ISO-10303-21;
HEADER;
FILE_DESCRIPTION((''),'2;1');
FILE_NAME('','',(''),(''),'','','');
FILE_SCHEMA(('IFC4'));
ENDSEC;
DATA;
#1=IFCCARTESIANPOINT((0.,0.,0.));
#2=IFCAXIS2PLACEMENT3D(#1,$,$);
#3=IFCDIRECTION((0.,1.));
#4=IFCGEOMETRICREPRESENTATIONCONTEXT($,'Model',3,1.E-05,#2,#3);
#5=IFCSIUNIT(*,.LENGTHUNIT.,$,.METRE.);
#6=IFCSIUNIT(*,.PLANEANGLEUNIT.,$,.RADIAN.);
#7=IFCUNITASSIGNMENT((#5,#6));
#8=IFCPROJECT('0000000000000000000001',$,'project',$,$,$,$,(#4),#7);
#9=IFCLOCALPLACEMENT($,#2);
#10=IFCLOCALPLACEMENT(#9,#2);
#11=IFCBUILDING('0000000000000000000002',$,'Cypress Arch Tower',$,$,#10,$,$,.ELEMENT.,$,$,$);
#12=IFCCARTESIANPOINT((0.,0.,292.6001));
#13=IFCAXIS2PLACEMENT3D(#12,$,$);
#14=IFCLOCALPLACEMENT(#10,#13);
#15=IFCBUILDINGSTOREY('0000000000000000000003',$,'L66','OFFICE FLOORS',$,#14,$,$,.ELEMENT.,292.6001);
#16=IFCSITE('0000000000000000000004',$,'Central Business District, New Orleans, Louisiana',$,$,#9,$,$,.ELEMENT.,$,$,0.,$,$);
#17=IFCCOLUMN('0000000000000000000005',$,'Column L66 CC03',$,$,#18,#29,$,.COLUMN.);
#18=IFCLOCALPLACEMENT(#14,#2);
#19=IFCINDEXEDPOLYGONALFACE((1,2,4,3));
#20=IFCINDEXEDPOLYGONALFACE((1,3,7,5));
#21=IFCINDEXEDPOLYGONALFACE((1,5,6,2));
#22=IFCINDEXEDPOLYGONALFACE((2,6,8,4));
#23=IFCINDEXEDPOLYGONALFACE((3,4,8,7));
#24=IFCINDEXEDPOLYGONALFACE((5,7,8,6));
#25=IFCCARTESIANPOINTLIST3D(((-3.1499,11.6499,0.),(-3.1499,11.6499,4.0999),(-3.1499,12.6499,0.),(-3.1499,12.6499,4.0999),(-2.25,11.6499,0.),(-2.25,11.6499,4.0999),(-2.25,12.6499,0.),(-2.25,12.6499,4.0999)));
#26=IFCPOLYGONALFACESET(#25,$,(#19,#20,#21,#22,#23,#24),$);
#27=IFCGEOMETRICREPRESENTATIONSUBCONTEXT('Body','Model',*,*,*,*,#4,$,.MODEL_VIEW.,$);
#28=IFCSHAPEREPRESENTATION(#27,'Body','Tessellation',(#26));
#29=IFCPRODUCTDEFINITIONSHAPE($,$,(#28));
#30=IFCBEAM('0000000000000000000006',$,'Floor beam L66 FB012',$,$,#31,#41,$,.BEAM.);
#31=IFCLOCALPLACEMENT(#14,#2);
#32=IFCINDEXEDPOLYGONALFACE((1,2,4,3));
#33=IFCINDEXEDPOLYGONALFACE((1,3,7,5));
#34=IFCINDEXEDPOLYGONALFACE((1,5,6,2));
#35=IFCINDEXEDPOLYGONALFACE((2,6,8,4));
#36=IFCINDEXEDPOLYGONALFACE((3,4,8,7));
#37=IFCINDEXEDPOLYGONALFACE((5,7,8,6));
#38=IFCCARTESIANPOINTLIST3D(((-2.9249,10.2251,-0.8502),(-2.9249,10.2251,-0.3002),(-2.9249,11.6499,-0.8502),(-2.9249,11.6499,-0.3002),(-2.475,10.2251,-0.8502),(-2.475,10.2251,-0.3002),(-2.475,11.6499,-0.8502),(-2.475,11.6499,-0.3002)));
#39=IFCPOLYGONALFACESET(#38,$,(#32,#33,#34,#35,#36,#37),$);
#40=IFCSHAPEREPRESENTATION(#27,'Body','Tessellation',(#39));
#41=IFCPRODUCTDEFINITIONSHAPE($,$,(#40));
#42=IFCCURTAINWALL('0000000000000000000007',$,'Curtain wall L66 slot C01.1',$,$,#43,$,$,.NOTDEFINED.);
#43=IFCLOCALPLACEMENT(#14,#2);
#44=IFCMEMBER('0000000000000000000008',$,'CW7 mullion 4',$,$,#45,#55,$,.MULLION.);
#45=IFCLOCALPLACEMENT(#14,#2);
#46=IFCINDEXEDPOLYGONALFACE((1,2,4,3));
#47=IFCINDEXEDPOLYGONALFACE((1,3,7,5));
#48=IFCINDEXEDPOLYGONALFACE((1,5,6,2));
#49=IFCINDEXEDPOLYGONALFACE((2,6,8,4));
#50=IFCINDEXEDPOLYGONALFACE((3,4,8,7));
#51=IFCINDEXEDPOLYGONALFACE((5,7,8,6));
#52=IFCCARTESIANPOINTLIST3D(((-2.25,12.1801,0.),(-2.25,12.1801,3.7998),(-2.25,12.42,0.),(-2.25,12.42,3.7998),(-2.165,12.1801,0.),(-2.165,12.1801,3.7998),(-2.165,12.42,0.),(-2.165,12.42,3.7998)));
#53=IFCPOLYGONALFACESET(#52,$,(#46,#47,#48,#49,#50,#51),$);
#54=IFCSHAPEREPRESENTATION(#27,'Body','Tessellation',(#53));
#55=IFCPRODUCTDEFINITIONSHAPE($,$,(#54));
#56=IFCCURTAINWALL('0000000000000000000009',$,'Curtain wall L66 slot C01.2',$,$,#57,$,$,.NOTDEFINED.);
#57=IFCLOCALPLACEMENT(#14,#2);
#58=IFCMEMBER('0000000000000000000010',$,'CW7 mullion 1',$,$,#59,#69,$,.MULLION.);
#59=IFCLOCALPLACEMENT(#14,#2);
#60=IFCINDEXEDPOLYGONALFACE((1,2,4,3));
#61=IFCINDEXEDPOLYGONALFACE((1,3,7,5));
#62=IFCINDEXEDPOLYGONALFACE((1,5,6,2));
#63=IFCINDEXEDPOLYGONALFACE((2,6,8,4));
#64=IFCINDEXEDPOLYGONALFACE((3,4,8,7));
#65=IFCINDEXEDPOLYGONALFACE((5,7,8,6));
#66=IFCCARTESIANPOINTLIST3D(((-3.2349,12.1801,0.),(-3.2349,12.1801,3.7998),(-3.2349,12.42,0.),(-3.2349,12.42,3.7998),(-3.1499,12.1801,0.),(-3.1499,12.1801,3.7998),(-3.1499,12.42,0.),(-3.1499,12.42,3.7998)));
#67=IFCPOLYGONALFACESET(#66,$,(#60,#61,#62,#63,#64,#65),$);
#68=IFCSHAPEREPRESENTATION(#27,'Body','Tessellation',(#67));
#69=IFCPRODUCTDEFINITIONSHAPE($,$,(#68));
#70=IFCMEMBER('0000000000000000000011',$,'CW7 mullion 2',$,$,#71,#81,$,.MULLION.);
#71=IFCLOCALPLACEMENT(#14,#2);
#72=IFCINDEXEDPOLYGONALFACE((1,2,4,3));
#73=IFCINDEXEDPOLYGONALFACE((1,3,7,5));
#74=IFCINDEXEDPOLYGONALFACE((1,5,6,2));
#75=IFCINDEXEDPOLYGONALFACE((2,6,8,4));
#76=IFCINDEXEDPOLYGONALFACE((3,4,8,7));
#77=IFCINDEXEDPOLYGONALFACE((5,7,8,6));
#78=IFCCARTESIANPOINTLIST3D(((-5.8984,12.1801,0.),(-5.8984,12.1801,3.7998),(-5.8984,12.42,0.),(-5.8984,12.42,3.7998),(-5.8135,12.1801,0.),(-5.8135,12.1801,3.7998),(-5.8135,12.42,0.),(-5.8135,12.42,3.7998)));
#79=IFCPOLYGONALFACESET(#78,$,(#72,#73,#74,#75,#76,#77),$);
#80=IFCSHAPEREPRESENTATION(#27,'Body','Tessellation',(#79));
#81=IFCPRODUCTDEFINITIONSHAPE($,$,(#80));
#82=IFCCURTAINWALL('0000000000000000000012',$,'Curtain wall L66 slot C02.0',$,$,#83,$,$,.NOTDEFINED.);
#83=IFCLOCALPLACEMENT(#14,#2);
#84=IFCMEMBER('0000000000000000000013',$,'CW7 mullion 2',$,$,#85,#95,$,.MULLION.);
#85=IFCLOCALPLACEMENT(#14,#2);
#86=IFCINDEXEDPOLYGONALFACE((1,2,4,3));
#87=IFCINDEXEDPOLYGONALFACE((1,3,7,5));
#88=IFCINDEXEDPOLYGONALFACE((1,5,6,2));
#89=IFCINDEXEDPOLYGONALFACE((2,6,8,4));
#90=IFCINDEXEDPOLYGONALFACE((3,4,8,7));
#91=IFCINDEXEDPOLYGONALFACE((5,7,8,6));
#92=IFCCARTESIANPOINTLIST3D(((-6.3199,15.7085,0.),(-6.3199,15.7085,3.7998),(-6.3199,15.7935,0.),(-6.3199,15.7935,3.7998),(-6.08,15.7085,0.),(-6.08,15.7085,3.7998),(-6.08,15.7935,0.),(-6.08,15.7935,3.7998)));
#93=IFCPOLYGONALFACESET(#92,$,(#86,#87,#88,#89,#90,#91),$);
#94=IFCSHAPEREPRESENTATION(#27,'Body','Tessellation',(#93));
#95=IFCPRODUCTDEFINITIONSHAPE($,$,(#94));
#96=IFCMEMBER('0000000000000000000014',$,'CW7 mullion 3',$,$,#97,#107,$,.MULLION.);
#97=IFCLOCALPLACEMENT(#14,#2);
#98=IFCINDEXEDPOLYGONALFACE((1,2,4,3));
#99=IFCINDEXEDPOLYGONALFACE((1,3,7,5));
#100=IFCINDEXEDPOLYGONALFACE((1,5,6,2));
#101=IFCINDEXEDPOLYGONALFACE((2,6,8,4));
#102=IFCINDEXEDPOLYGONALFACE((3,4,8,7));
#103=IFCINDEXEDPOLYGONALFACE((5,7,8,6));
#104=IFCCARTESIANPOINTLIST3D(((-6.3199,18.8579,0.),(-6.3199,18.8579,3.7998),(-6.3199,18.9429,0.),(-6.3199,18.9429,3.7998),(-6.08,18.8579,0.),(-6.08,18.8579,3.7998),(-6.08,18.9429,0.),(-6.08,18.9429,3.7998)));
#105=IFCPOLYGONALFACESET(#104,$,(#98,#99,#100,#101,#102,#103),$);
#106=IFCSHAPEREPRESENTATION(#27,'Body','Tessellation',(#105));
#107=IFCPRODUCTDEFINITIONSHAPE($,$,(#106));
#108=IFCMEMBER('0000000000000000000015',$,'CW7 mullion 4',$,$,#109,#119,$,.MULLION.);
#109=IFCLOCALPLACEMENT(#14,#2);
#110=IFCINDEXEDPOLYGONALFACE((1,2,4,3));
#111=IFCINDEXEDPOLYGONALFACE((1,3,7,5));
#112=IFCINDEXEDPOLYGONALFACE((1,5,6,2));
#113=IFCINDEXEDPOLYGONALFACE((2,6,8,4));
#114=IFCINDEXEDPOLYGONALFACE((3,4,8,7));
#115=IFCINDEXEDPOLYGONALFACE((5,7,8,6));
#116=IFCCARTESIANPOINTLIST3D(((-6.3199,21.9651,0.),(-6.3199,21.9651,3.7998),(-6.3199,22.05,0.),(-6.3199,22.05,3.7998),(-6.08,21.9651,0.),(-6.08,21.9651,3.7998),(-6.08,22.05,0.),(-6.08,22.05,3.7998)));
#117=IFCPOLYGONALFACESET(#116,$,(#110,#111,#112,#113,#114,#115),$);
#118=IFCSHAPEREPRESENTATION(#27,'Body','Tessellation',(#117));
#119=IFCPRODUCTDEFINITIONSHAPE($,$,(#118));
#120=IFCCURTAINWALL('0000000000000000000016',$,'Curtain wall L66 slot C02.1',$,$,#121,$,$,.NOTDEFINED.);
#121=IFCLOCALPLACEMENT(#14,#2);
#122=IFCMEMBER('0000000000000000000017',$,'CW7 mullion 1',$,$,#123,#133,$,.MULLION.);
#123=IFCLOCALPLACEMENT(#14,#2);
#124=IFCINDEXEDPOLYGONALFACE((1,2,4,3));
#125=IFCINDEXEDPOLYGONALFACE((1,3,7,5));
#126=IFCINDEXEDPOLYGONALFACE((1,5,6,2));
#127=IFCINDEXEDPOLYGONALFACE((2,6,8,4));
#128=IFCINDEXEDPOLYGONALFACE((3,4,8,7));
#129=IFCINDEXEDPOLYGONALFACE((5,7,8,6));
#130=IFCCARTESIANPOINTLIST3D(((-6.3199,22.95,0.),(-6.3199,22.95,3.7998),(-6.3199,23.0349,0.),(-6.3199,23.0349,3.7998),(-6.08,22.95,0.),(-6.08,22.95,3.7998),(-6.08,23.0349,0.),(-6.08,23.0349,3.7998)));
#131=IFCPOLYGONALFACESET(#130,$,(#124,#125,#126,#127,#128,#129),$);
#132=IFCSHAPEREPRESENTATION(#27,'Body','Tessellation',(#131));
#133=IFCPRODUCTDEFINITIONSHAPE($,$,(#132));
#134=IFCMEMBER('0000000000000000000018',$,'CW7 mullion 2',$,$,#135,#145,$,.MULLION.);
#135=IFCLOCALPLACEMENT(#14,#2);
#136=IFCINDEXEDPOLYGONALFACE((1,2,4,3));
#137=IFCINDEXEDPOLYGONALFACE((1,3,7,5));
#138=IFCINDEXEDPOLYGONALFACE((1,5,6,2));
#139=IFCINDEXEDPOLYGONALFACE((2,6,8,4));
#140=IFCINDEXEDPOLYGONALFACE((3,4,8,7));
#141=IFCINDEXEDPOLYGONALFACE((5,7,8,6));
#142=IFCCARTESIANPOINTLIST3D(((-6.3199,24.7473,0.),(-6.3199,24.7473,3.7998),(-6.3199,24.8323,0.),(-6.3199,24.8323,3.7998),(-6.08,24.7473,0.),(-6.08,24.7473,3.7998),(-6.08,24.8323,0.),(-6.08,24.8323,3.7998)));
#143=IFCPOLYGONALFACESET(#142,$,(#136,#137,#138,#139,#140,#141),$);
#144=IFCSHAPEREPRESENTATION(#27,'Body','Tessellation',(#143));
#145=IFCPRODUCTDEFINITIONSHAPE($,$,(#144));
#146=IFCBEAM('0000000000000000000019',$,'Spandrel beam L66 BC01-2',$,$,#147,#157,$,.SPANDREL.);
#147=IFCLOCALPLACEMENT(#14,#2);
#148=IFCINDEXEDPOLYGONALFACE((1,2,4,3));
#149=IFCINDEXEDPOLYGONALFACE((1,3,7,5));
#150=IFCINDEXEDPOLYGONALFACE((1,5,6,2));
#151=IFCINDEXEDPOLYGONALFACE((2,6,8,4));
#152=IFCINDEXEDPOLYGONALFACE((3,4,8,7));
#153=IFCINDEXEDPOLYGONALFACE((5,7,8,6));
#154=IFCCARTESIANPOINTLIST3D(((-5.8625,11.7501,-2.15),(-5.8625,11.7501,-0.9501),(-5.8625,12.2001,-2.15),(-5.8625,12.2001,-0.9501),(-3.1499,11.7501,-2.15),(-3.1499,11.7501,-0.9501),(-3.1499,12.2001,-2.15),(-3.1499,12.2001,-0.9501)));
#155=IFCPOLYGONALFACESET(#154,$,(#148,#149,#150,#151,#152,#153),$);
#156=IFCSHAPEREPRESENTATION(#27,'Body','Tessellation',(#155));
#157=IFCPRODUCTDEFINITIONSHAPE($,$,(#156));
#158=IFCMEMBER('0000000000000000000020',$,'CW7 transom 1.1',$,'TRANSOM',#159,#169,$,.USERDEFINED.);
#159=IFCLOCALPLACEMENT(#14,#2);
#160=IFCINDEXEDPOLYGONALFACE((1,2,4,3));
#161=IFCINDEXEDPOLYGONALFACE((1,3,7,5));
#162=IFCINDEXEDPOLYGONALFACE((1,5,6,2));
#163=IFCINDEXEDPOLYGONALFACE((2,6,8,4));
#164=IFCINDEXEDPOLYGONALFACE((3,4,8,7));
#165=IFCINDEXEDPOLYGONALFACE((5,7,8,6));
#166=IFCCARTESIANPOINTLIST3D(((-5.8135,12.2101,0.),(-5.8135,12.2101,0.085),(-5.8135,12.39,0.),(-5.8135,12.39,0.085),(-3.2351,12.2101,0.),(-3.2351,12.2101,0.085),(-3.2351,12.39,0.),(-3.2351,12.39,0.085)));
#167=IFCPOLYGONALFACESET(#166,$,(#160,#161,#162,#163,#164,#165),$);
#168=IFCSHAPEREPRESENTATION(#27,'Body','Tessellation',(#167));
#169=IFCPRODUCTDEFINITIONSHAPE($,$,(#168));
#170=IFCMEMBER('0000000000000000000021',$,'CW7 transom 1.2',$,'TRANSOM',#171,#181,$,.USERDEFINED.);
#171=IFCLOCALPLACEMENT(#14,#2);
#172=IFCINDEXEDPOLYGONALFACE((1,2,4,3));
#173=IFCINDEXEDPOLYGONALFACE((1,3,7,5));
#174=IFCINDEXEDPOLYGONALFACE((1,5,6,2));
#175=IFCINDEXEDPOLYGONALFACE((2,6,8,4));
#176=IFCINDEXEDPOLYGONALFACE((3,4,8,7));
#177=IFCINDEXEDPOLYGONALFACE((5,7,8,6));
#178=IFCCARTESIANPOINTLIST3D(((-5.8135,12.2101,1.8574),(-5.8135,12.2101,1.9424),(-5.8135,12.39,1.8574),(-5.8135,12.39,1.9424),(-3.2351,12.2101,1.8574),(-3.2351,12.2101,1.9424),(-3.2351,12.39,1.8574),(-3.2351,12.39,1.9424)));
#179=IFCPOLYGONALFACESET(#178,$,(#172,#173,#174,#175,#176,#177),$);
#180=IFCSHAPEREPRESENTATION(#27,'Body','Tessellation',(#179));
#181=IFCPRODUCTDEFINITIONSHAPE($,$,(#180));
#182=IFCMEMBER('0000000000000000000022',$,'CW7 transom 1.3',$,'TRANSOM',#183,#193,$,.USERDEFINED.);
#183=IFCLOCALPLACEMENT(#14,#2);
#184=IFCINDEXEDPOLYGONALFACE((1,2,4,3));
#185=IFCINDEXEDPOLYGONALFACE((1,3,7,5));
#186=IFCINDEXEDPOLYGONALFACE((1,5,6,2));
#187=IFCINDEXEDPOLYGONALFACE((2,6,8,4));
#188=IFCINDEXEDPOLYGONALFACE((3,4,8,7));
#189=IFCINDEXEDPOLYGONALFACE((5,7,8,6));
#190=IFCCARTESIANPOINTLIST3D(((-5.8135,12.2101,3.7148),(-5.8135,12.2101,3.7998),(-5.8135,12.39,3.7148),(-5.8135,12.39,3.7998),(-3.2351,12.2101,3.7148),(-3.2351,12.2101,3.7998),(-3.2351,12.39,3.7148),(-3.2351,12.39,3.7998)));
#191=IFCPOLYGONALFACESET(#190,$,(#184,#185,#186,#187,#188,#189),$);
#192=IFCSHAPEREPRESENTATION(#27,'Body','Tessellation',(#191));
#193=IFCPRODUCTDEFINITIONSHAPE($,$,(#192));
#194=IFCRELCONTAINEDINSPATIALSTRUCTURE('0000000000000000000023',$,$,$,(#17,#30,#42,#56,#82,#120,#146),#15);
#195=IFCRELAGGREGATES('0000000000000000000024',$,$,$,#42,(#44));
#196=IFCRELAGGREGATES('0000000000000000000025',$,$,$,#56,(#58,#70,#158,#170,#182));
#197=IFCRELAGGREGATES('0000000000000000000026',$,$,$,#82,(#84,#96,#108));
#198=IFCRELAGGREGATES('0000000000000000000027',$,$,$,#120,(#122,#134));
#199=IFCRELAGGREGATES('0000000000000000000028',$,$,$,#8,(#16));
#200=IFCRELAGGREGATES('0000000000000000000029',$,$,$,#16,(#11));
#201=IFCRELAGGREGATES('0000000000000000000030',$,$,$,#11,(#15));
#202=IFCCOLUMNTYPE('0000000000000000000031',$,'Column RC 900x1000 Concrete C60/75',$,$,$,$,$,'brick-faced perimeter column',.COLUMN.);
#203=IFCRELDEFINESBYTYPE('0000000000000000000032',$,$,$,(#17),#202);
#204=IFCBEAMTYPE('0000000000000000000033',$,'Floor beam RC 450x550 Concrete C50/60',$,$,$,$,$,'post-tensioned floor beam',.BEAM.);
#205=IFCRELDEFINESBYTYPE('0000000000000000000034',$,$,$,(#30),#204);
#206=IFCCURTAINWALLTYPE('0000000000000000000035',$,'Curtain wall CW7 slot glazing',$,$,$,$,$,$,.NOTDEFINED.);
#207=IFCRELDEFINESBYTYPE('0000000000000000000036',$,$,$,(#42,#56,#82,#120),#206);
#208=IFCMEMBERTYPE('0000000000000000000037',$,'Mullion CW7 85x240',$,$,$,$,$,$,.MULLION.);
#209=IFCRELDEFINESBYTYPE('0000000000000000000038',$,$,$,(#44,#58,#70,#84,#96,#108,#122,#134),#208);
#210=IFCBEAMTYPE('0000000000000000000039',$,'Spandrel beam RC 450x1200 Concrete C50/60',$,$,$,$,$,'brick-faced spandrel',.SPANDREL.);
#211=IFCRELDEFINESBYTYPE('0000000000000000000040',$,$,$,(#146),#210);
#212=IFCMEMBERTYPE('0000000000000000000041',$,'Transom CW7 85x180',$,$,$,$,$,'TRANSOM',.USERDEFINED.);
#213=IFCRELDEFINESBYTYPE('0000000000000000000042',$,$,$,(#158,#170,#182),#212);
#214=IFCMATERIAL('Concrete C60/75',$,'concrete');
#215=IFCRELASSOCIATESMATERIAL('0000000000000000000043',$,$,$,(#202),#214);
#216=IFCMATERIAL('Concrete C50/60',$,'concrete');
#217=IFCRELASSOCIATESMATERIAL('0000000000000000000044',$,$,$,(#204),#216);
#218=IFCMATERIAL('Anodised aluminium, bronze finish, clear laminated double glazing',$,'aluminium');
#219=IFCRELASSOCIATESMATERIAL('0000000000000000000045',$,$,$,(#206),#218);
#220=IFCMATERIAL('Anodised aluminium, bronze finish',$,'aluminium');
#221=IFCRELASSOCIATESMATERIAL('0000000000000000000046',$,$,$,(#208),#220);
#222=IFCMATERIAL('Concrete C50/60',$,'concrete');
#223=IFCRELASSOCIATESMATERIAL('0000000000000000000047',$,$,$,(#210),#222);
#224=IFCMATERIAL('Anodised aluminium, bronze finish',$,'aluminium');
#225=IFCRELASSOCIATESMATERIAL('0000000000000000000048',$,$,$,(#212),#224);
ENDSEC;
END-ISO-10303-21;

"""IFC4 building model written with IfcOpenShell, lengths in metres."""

from ifc_helpers import new_model, si_unit, direction, frame, origin, origin_2d, place, context, subcontext, project, spatial, rectangle, extrude, material, material_profile, profile_set, type_object, element, aggregate, save


model = new_model("IFC4")

# Units and contexts
model_context = context("Model", 3, precision=1e-05, world=origin(), true_north=direction((0.0, 1.0)))
body_context = subcontext(model_context, "Body", "Model", "MODEL_VIEW")
ifc_project = project(units=[si_unit("LENGTHUNIT", "METRE"), si_unit("PLANEANGLEUNIT", "RADIAN")], contexts=[model_context])

# Site, building, storey
site_placement = place(None, origin())
site = spatial("IfcSite", under=ifc_project, at=site_placement, Name="Central Business District, New Orleans, Louisiana", CompositionType="ELEMENT", RefElevation=0.0)
building_placement = place(site_placement, origin())
building = spatial("IfcBuilding", under=site, at=building_placement, Name="Cypress Arch Tower", CompositionType="ELEMENT")
storey_placement = place(building_placement, frame((0.0, 0.0, 292.6001)))
storey = spatial("IfcBuildingStorey", under=building, at=storey_placement, Name="L66", Description="OFFICE FLOORS", CompositionType="ELEMENT", Elevation=292.6001)

# Column
ifc_material_1 = material(Name="Concrete C60/75", Category="concrete")
ifc_material_profile_1 = material_profile(ifc_material_1, rectangle(XDim=0.8999, YDim=1.0, at=origin_2d()), Name="RC 900x1000")
ifc_profile_set_1 = profile_set([ifc_material_profile_1], Name="Concrete C60/75")
column_type = type_object("IfcColumnType", Name="Column RC 900x1000 Concrete C60/75", ElementType="brick-faced perimeter column", PredefinedType="COLUMN", material=ifc_profile_set_1)
column_placement = place(storey_placement, frame((-2.7, 12.1499, 0.0), z_axis=(0.0, 0.0, 1.0), x_axis=(-1.0, 0.0, 0.0)))
element("IfcColumn", 1, at=column_placement, inside=storey, type_object=column_type, Name="Column L66 CC03", PredefinedType="COLUMN", context=body_context, shape_type="SweptSolid", body=[
    extrude(rectangle(XDim=0.8999, YDim=1.0, at=origin_2d()), origin(), (0.0, 0.0, 1.0), 4.0999),
])

# Beam
ifc_material_2 = material(Name="Concrete C50/60", Category="concrete")
ifc_material_profile_2 = material_profile(ifc_material_2, rectangle(XDim=0.45, YDim=0.55, at=origin_2d()), Name="RC 450x550")
ifc_profile_set_2 = profile_set([ifc_material_profile_2], Name="Concrete C50/60")
beam_type_1 = type_object("IfcBeamType", Name="Floor beam RC 450x550 Concrete C50/60", ElementType="post-tensioned floor beam", PredefinedType="BEAM", material=ifc_profile_set_2)
beam_1_placement = place(storey_placement, frame((-2.7, 10.2251, -0.5752), z_axis=(0.0, 1.0, 0.0), x_axis=(-1.0, 0.0, 0.0)))
element("IfcBeam", 2, at=beam_1_placement, inside=storey, type_object=beam_type_1, Name="Floor beam L66 FB012", PredefinedType="BEAM", context=body_context, shape_type="SweptSolid", body=[
    extrude(rectangle(XDim=0.45, YDim=0.55, at=origin_2d()), origin(), (0.0, 0.0, 1.0), 1.4248),
])

# Curtain wall, member
ifc_material_3 = material(Name="Anodised aluminium, bronze finish, clear laminated double glazing", Category="aluminium")
curtain_wall_type = type_object("IfcCurtainWallType", Name="Curtain wall CW7 slot glazing", PredefinedType="NOTDEFINED", material=ifc_material_3)
curtain_wall_1_placement = place(storey_placement, origin())
curtain_wall_1 = element("IfcCurtainWall", 3, at=curtain_wall_1_placement, inside=storey, type_object=curtain_wall_type, Name="Curtain wall L66 slot C01.1", PredefinedType="NOTDEFINED")
ifc_material_4 = material(Name="Anodised aluminium, bronze finish", Category="aluminium")
ifc_material_profile_3 = material_profile(ifc_material_4, rectangle(XDim=0.24, YDim=0.085, at=origin_2d()), Name="Mullion 85x240")
ifc_profile_set_3 = profile_set([ifc_material_profile_3], Name="Anodised aluminium, bronze finish")
member_type_1 = type_object("IfcMemberType", Name="Mullion CW7 85x240", PredefinedType="MULLION", material=ifc_profile_set_3)
member_1_placement = place(storey_placement, frame((-2.2075, 12.3, 0.0), z_axis=(0.0, 0.0, 1.0), x_axis=(0.0, -1.0, 0.0)))
member_1 = element("IfcMember", 4, at=member_1_placement, type_object=member_type_1, Name="CW7 mullion 4", PredefinedType="MULLION", context=body_context, shape_type="SweptSolid", body=[
    extrude(rectangle(XDim=0.24, YDim=0.085, at=origin_2d()), origin(), (0.0, 0.0, 1.0), 3.7998),
])

# Curtain walls, members
curtain_wall_2_placement = place(storey_placement, origin())
curtain_wall_2 = element("IfcCurtainWall", 5, at=curtain_wall_2_placement, inside=storey, type_object=curtain_wall_type, Name="Curtain wall L66 slot C01.2", PredefinedType="NOTDEFINED")
member_2_placement = place(storey_placement, frame((-3.1924, 12.3, 0.0), z_axis=(0.0, 0.0, 1.0), x_axis=(0.0, -1.0, 0.0)))
member_2 = element("IfcMember", 6, at=member_2_placement, type_object=member_type_1, Name="CW7 mullion 1", PredefinedType="MULLION", context=body_context, shape_type="SweptSolid", body=[
    extrude(rectangle(XDim=0.24, YDim=0.085, at=origin_2d()), origin(), (0.0, 0.0, 1.0), 3.7998),
])
member_3_placement = place(storey_placement, frame((-5.856, 12.3, 0.0), z_axis=(0.0, 0.0, 1.0), x_axis=(0.0, -1.0, 0.0)))
member_3 = element("IfcMember", 7, at=member_3_placement, type_object=member_type_1, Name="CW7 mullion 2", PredefinedType="MULLION", context=body_context, shape_type="SweptSolid", body=[
    extrude(rectangle(XDim=0.24, YDim=0.085, at=origin_2d()), origin(), (0.0, 0.0, 1.0), 3.7998),
])
curtain_wall_3_placement = place(storey_placement, origin())
curtain_wall_3 = element("IfcCurtainWall", 8, at=curtain_wall_3_placement, inside=storey, type_object=curtain_wall_type, Name="Curtain wall L66 slot C02.0", PredefinedType="NOTDEFINED")
member_4_placement = place(storey_placement, frame((-6.2, 15.751, 0.0), z_axis=(0.0, 0.0, 1.0), x_axis=(-1.0, 0.0, 0.0)))
member_4 = element("IfcMember", 9, at=member_4_placement, type_object=member_type_1, Name="CW7 mullion 2", PredefinedType="MULLION", context=body_context, shape_type="SweptSolid", body=[
    extrude(rectangle(XDim=0.24, YDim=0.085, at=origin_2d()), origin(), (0.0, 0.0, 1.0), 3.7998),
])
member_5_placement = place(storey_placement, frame((-6.2, 18.9004, 0.0), z_axis=(0.0, 0.0, 1.0), x_axis=(-1.0, 0.0, 0.0)))
member_5 = element("IfcMember", 10, at=member_5_placement, type_object=member_type_1, Name="CW7 mullion 3", PredefinedType="MULLION", context=body_context, shape_type="SweptSolid", body=[
    extrude(rectangle(XDim=0.24, YDim=0.085, at=origin_2d()), origin(), (0.0, 0.0, 1.0), 3.7998),
])
member_6_placement = place(storey_placement, frame((-6.2, 22.0076, 0.0), z_axis=(0.0, 0.0, 1.0), x_axis=(-1.0, 0.0, 0.0)))
member_6 = element("IfcMember", 11, at=member_6_placement, type_object=member_type_1, Name="CW7 mullion 4", PredefinedType="MULLION", context=body_context, shape_type="SweptSolid", body=[
    extrude(rectangle(XDim=0.24, YDim=0.085, at=origin_2d()), origin(), (0.0, 0.0, 1.0), 3.7998),
])
curtain_wall_4_placement = place(storey_placement, origin())
curtain_wall_4 = element("IfcCurtainWall", 12, at=curtain_wall_4_placement, inside=storey, type_object=curtain_wall_type, Name="Curtain wall L66 slot C02.1", PredefinedType="NOTDEFINED")
member_7_placement = place(storey_placement, frame((-6.2, 22.9924, 0.0), z_axis=(0.0, 0.0, 1.0), x_axis=(-1.0, 0.0, 0.0)))
member_7 = element("IfcMember", 13, at=member_7_placement, type_object=member_type_1, Name="CW7 mullion 1", PredefinedType="MULLION", context=body_context, shape_type="SweptSolid", body=[
    extrude(rectangle(XDim=0.24, YDim=0.085, at=origin_2d()), origin(), (0.0, 0.0, 1.0), 3.7998),
])
member_8_placement = place(storey_placement, frame((-6.2, 24.7898, 0.0), z_axis=(0.0, 0.0, 1.0), x_axis=(-1.0, 0.0, 0.0)))
member_8 = element("IfcMember", 14, at=member_8_placement, type_object=member_type_1, Name="CW7 mullion 2", PredefinedType="MULLION", context=body_context, shape_type="SweptSolid", body=[
    extrude(rectangle(XDim=0.24, YDim=0.085, at=origin_2d()), origin(), (0.0, 0.0, 1.0), 3.7998),
])

# Beam
ifc_material_5 = material(Name="Concrete C50/60", Category="concrete")
ifc_material_profile_4 = material_profile(ifc_material_5, rectangle(XDim=0.45, YDim=1.2, at=origin_2d()), Name="RC 450x1200")
ifc_profile_set_4 = profile_set([ifc_material_profile_4], Name="Concrete C50/60")
beam_type_2 = type_object("IfcBeamType", Name="Spandrel beam RC 450x1200 Concrete C50/60", ElementType="brick-faced spandrel", PredefinedType="SPANDREL", material=ifc_profile_set_4)
beam_2_placement = place(storey_placement, frame((-3.1499, 11.9751, -1.55), z_axis=(-1.0, 0.0, 0.0), x_axis=(0.0, -1.0, 0.0)))
element("IfcBeam", 15, at=beam_2_placement, inside=storey, type_object=beam_type_2, Name="Spandrel beam L66 BC01-2", PredefinedType="SPANDREL", context=body_context, shape_type="SweptSolid", body=[
    extrude(rectangle(XDim=0.45, YDim=1.2, at=origin_2d()), origin(), (0.0, 0.0, 1.0), 2.7126),
])

# Members
ifc_material_6 = material(Name="Anodised aluminium, bronze finish", Category="aluminium")
ifc_material_profile_5 = material_profile(ifc_material_6, rectangle(XDim=0.1799, YDim=0.085, at=origin_2d()), Name="Transom 85x180")
ifc_profile_set_5 = profile_set([ifc_material_profile_5], Name="Anodised aluminium, bronze finish")
member_type_2 = type_object("IfcMemberType", Name="Transom CW7 85x180", ElementType="TRANSOM", PredefinedType="USERDEFINED", material=ifc_profile_set_5)
member_9_placement = place(storey_placement, frame((-3.2351, 12.3, 0.0425), z_axis=(-1.0, 0.0, 0.0), x_axis=(0.0, -1.0, 0.0)))
member_9 = element("IfcMember", 16, at=member_9_placement, type_object=member_type_2, Name="CW7 transom 1.1", ObjectType="TRANSOM", PredefinedType="USERDEFINED", context=body_context, shape_type="SweptSolid", body=[
    extrude(rectangle(XDim=0.1799, YDim=0.085, at=origin_2d()), origin(), (0.0, 0.0, 1.0), 2.5784),
])
member_10_placement = place(storey_placement, frame((-3.2351, 12.3, 1.8999), z_axis=(-1.0, 0.0, 0.0), x_axis=(0.0, -1.0, 0.0)))
member_10 = element("IfcMember", 17, at=member_10_placement, type_object=member_type_2, Name="CW7 transom 1.2", ObjectType="TRANSOM", PredefinedType="USERDEFINED", context=body_context, shape_type="SweptSolid", body=[
    extrude(rectangle(XDim=0.1799, YDim=0.085, at=origin_2d()), origin(), (0.0, 0.0, 1.0), 2.5784),
])
member_11_placement = place(storey_placement, frame((-3.2351, 12.3, 3.7573), z_axis=(-1.0, 0.0, 0.0), x_axis=(0.0, -1.0, 0.0)))
member_11 = element("IfcMember", 18, at=member_11_placement, type_object=member_type_2, Name="CW7 transom 1.3", ObjectType="TRANSOM", PredefinedType="USERDEFINED", context=body_context, shape_type="SweptSolid", body=[
    extrude(rectangle(XDim=0.1799, YDim=0.085, at=origin_2d()), origin(), (0.0, 0.0, 1.0), 2.5784),
])

aggregate(curtain_wall_1, [member_1])
aggregate(curtain_wall_2, [member_2, member_3, member_9, member_10, member_11])
aggregate(curtain_wall_3, [member_4, member_5, member_6])
aggregate(curtain_wall_4, [member_7, member_8])

save(model, "model.ifc")
